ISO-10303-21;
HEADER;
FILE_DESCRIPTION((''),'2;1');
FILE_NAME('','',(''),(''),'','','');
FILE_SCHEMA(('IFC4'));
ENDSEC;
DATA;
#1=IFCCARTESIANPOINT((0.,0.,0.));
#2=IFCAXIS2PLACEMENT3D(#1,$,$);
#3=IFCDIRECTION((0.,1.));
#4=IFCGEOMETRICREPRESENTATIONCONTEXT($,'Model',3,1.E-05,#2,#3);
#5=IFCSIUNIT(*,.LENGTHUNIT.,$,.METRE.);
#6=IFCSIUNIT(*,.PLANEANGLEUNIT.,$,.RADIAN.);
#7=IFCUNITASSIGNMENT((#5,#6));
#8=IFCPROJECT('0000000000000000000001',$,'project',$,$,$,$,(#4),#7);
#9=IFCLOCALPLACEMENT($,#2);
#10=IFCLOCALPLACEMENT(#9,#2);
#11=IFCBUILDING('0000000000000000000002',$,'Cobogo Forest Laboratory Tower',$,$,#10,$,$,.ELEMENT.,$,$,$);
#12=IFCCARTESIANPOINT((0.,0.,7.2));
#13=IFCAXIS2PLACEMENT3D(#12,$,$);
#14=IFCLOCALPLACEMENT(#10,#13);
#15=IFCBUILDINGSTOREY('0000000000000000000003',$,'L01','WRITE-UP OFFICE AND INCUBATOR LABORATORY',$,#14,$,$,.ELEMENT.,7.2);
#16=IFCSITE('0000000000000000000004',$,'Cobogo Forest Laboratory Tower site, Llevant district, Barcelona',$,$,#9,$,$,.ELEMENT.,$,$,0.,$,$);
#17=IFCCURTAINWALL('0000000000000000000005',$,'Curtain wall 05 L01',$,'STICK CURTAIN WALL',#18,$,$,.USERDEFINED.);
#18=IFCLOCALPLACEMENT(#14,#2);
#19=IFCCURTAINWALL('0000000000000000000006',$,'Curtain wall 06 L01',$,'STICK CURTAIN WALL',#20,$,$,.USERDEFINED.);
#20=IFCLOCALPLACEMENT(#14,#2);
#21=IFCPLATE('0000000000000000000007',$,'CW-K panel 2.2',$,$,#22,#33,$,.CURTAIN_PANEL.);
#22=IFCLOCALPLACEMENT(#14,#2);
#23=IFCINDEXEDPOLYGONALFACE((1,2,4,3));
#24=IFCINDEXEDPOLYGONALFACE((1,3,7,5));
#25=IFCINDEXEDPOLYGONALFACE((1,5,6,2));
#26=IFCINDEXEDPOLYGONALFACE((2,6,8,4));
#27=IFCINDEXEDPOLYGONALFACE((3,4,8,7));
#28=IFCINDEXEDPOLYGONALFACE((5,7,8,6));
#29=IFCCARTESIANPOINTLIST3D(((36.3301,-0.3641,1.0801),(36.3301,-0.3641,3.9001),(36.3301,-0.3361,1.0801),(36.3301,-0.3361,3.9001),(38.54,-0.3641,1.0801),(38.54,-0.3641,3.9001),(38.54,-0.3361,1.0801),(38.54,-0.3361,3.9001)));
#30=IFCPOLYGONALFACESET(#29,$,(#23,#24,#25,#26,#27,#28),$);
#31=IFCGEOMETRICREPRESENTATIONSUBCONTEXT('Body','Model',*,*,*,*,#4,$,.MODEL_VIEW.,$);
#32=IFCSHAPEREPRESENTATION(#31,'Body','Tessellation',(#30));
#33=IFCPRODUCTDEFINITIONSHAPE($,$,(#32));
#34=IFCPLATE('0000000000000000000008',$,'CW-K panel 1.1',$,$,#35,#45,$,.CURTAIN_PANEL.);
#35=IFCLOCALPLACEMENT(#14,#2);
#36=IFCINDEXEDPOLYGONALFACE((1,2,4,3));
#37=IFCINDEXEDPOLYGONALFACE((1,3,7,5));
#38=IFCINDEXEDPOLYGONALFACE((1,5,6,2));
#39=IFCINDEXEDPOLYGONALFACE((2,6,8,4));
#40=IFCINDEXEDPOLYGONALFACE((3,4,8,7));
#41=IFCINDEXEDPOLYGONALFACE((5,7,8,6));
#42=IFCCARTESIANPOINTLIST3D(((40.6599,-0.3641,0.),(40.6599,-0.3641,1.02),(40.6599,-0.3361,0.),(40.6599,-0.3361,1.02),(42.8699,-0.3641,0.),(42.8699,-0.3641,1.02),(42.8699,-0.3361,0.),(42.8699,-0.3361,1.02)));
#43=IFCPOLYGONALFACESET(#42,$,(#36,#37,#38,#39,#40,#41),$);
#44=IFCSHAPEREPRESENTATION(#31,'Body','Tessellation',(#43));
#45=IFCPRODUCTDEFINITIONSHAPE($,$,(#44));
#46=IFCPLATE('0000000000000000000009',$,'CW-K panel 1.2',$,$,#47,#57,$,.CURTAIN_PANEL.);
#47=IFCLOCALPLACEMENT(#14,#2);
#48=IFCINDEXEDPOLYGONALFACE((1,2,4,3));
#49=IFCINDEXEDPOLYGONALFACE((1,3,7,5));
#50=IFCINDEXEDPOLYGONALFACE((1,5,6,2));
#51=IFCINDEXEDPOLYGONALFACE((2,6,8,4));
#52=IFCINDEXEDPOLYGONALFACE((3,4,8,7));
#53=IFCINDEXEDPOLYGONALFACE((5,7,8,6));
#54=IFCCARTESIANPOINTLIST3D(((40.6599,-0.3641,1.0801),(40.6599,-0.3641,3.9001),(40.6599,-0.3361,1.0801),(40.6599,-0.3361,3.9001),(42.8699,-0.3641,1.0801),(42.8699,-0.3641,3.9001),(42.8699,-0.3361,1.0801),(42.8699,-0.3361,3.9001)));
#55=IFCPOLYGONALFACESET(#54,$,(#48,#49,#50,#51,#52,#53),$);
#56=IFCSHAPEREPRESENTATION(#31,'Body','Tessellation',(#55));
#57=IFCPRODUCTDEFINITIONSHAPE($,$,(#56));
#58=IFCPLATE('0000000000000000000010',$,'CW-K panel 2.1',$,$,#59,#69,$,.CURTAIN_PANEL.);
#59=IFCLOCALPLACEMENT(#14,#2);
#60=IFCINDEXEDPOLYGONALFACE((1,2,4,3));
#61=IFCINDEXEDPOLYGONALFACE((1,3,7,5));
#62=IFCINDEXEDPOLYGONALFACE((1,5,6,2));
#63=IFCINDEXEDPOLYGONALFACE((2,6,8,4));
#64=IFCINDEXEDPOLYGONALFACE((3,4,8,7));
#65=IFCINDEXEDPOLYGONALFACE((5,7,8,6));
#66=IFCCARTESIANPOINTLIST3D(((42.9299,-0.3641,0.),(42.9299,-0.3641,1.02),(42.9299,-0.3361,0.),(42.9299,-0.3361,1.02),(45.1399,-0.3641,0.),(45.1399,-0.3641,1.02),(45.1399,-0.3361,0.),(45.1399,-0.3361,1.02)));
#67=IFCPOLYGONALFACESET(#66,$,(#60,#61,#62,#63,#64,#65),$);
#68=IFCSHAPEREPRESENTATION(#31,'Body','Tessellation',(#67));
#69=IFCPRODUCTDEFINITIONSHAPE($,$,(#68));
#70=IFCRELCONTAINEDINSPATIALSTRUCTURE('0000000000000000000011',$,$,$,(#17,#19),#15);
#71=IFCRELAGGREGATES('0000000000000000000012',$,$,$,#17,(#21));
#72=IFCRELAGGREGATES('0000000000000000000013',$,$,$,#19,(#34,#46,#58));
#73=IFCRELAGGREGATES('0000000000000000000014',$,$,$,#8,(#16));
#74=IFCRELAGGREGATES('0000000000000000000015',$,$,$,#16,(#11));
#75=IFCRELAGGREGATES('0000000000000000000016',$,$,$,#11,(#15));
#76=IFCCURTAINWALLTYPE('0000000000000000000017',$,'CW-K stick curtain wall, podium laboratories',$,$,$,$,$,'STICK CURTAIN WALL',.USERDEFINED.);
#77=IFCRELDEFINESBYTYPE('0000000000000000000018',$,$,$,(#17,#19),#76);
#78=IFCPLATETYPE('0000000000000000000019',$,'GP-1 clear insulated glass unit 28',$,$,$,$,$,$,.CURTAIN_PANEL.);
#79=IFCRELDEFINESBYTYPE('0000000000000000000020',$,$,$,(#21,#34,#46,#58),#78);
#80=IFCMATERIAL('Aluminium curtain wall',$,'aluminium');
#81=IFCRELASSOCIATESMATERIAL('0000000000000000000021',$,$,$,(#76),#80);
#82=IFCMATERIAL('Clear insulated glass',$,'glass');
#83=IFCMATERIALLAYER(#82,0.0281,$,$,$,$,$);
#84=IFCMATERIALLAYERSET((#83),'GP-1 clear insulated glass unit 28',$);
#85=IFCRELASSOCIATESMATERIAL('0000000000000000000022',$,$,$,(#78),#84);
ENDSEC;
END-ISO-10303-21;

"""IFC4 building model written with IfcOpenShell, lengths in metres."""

from ifc_helpers import new_model, si_unit, direction, frame, origin, origin_2d, place, context, subcontext, project, spatial, rectangle, extrude, material, layer, layer_set, type_object, element, aggregate, save


model = new_model("IFC4")

# Units and contexts
model_context = context("Model", 3, precision=1e-05, world=origin(), true_north=direction((0.0, 1.0)))
body_context = subcontext(model_context, "Body", "Model", "MODEL_VIEW")
ifc_project = project(units=[si_unit("LENGTHUNIT", "METRE"), si_unit("PLANEANGLEUNIT", "RADIAN")], contexts=[model_context])

# Site, building, storey
site_placement = place(None, origin())
site = spatial("IfcSite", under=ifc_project, at=site_placement, Name="Cobogo Forest Laboratory Tower site, Llevant district, Barcelona", CompositionType="ELEMENT", RefElevation=0.0)
building_placement = place(site_placement, origin())
building = spatial("IfcBuilding", under=site, at=building_placement, Name="Cobogo Forest Laboratory Tower", CompositionType="ELEMENT")
storey_placement = place(building_placement, frame((0.0, 0.0, 7.2)))
storey = spatial("IfcBuildingStorey", under=building, at=storey_placement, Name="L01", Description="WRITE-UP OFFICE AND INCUBATOR LABORATORY", CompositionType="ELEMENT", Elevation=7.2)

# Curtain walls
ifc_material_1 = material(Name="Aluminium curtain wall", Category="aluminium")
curtain_wall_type = type_object("IfcCurtainWallType", Name="CW-K stick curtain wall, podium laboratories", ElementType="STICK CURTAIN WALL", PredefinedType="USERDEFINED", material=ifc_material_1)
curtain_wall_1_placement = place(storey_placement, origin())
curtain_wall_1 = element("IfcCurtainWall", 1, at=curtain_wall_1_placement, inside=storey, type_object=curtain_wall_type, Name="Curtain wall 05 L01", ObjectType="STICK CURTAIN WALL", PredefinedType="USERDEFINED")
curtain_wall_2_placement = place(storey_placement, origin())
curtain_wall_2 = element("IfcCurtainWall", 2, at=curtain_wall_2_placement, inside=storey, type_object=curtain_wall_type, Name="Curtain wall 06 L01", ObjectType="STICK CURTAIN WALL", PredefinedType="USERDEFINED")

# Plates
ifc_material_2 = material(Name="Clear insulated glass", Category="glass")
ifc_layer_1 = layer(ifc_material_2, 0.0281)
ifc_layer_set_1 = layer_set([ifc_layer_1], Name="GP-1 clear insulated glass unit 28")
plate_type_1 = type_object("IfcPlateType", Name="GP-1 clear insulated glass unit 28", PredefinedType="CURTAIN_PANEL", material=ifc_layer_set_1)
plate_1_placement = place(storey_placement, frame((37.4351, -0.3501, 1.0801), z_axis=(0.0, 0.0, 1.0), x_axis=(1.0, 0.0, 0.0)))
plate_1 = element("IfcPlate", 3, at=plate_1_placement, type_object=plate_type_1, Name="CW-K panel 2.2", PredefinedType="CURTAIN_PANEL", context=body_context, shape_type="SweptSolid", body=[
    extrude(rectangle(XDim=2.21, YDim=0.0281, at=origin_2d()), origin(), (0.0, 0.0, 1.0), 2.8201),
])
aggregate(curtain_wall_1, [plate_1])
plate_2_placement = place(storey_placement, frame((41.7649, -0.3501, 0.0), z_axis=(0.0, 0.0, 1.0), x_axis=(1.0, 0.0, 0.0)))
plate_2 = element("IfcPlate", 4, at=plate_2_placement, type_object=plate_type_1, Name="CW-K panel 1.1", PredefinedType="CURTAIN_PANEL", context=body_context, shape_type="SweptSolid", body=[
    extrude(rectangle(XDim=2.21, YDim=0.0281, at=origin_2d()), origin(), (0.0, 0.0, 1.0), 1.02),
])
plate_3_placement = place(storey_placement, frame((41.7649, -0.3501, 1.0801), z_axis=(0.0, 0.0, 1.0), x_axis=(1.0, 0.0, 0.0)))
plate_3 = element("IfcPlate", 5, at=plate_3_placement, type_object=plate_type_1, Name="CW-K panel 1.2", PredefinedType="CURTAIN_PANEL", context=body_context, shape_type="SweptSolid", body=[
    extrude(rectangle(XDim=2.21, YDim=0.0281, at=origin_2d()), origin(), (0.0, 0.0, 1.0), 2.8201),
])
plate_4_placement = place(storey_placement, frame((44.0349, -0.3501, 0.0), z_axis=(0.0, 0.0, 1.0), x_axis=(1.0, 0.0, 0.0)))
plate_4 = element("IfcPlate", 6, at=plate_4_placement, type_object=plate_type_1, Name="CW-K panel 2.1", PredefinedType="CURTAIN_PANEL", context=body_context, shape_type="SweptSolid", body=[
    extrude(rectangle(XDim=2.21, YDim=0.0281, at=origin_2d()), origin(), (0.0, 0.0, 1.0), 1.02),
])
aggregate(curtain_wall_2, [plate_2, plate_3, plate_4])

save(model, "model.ifc")
